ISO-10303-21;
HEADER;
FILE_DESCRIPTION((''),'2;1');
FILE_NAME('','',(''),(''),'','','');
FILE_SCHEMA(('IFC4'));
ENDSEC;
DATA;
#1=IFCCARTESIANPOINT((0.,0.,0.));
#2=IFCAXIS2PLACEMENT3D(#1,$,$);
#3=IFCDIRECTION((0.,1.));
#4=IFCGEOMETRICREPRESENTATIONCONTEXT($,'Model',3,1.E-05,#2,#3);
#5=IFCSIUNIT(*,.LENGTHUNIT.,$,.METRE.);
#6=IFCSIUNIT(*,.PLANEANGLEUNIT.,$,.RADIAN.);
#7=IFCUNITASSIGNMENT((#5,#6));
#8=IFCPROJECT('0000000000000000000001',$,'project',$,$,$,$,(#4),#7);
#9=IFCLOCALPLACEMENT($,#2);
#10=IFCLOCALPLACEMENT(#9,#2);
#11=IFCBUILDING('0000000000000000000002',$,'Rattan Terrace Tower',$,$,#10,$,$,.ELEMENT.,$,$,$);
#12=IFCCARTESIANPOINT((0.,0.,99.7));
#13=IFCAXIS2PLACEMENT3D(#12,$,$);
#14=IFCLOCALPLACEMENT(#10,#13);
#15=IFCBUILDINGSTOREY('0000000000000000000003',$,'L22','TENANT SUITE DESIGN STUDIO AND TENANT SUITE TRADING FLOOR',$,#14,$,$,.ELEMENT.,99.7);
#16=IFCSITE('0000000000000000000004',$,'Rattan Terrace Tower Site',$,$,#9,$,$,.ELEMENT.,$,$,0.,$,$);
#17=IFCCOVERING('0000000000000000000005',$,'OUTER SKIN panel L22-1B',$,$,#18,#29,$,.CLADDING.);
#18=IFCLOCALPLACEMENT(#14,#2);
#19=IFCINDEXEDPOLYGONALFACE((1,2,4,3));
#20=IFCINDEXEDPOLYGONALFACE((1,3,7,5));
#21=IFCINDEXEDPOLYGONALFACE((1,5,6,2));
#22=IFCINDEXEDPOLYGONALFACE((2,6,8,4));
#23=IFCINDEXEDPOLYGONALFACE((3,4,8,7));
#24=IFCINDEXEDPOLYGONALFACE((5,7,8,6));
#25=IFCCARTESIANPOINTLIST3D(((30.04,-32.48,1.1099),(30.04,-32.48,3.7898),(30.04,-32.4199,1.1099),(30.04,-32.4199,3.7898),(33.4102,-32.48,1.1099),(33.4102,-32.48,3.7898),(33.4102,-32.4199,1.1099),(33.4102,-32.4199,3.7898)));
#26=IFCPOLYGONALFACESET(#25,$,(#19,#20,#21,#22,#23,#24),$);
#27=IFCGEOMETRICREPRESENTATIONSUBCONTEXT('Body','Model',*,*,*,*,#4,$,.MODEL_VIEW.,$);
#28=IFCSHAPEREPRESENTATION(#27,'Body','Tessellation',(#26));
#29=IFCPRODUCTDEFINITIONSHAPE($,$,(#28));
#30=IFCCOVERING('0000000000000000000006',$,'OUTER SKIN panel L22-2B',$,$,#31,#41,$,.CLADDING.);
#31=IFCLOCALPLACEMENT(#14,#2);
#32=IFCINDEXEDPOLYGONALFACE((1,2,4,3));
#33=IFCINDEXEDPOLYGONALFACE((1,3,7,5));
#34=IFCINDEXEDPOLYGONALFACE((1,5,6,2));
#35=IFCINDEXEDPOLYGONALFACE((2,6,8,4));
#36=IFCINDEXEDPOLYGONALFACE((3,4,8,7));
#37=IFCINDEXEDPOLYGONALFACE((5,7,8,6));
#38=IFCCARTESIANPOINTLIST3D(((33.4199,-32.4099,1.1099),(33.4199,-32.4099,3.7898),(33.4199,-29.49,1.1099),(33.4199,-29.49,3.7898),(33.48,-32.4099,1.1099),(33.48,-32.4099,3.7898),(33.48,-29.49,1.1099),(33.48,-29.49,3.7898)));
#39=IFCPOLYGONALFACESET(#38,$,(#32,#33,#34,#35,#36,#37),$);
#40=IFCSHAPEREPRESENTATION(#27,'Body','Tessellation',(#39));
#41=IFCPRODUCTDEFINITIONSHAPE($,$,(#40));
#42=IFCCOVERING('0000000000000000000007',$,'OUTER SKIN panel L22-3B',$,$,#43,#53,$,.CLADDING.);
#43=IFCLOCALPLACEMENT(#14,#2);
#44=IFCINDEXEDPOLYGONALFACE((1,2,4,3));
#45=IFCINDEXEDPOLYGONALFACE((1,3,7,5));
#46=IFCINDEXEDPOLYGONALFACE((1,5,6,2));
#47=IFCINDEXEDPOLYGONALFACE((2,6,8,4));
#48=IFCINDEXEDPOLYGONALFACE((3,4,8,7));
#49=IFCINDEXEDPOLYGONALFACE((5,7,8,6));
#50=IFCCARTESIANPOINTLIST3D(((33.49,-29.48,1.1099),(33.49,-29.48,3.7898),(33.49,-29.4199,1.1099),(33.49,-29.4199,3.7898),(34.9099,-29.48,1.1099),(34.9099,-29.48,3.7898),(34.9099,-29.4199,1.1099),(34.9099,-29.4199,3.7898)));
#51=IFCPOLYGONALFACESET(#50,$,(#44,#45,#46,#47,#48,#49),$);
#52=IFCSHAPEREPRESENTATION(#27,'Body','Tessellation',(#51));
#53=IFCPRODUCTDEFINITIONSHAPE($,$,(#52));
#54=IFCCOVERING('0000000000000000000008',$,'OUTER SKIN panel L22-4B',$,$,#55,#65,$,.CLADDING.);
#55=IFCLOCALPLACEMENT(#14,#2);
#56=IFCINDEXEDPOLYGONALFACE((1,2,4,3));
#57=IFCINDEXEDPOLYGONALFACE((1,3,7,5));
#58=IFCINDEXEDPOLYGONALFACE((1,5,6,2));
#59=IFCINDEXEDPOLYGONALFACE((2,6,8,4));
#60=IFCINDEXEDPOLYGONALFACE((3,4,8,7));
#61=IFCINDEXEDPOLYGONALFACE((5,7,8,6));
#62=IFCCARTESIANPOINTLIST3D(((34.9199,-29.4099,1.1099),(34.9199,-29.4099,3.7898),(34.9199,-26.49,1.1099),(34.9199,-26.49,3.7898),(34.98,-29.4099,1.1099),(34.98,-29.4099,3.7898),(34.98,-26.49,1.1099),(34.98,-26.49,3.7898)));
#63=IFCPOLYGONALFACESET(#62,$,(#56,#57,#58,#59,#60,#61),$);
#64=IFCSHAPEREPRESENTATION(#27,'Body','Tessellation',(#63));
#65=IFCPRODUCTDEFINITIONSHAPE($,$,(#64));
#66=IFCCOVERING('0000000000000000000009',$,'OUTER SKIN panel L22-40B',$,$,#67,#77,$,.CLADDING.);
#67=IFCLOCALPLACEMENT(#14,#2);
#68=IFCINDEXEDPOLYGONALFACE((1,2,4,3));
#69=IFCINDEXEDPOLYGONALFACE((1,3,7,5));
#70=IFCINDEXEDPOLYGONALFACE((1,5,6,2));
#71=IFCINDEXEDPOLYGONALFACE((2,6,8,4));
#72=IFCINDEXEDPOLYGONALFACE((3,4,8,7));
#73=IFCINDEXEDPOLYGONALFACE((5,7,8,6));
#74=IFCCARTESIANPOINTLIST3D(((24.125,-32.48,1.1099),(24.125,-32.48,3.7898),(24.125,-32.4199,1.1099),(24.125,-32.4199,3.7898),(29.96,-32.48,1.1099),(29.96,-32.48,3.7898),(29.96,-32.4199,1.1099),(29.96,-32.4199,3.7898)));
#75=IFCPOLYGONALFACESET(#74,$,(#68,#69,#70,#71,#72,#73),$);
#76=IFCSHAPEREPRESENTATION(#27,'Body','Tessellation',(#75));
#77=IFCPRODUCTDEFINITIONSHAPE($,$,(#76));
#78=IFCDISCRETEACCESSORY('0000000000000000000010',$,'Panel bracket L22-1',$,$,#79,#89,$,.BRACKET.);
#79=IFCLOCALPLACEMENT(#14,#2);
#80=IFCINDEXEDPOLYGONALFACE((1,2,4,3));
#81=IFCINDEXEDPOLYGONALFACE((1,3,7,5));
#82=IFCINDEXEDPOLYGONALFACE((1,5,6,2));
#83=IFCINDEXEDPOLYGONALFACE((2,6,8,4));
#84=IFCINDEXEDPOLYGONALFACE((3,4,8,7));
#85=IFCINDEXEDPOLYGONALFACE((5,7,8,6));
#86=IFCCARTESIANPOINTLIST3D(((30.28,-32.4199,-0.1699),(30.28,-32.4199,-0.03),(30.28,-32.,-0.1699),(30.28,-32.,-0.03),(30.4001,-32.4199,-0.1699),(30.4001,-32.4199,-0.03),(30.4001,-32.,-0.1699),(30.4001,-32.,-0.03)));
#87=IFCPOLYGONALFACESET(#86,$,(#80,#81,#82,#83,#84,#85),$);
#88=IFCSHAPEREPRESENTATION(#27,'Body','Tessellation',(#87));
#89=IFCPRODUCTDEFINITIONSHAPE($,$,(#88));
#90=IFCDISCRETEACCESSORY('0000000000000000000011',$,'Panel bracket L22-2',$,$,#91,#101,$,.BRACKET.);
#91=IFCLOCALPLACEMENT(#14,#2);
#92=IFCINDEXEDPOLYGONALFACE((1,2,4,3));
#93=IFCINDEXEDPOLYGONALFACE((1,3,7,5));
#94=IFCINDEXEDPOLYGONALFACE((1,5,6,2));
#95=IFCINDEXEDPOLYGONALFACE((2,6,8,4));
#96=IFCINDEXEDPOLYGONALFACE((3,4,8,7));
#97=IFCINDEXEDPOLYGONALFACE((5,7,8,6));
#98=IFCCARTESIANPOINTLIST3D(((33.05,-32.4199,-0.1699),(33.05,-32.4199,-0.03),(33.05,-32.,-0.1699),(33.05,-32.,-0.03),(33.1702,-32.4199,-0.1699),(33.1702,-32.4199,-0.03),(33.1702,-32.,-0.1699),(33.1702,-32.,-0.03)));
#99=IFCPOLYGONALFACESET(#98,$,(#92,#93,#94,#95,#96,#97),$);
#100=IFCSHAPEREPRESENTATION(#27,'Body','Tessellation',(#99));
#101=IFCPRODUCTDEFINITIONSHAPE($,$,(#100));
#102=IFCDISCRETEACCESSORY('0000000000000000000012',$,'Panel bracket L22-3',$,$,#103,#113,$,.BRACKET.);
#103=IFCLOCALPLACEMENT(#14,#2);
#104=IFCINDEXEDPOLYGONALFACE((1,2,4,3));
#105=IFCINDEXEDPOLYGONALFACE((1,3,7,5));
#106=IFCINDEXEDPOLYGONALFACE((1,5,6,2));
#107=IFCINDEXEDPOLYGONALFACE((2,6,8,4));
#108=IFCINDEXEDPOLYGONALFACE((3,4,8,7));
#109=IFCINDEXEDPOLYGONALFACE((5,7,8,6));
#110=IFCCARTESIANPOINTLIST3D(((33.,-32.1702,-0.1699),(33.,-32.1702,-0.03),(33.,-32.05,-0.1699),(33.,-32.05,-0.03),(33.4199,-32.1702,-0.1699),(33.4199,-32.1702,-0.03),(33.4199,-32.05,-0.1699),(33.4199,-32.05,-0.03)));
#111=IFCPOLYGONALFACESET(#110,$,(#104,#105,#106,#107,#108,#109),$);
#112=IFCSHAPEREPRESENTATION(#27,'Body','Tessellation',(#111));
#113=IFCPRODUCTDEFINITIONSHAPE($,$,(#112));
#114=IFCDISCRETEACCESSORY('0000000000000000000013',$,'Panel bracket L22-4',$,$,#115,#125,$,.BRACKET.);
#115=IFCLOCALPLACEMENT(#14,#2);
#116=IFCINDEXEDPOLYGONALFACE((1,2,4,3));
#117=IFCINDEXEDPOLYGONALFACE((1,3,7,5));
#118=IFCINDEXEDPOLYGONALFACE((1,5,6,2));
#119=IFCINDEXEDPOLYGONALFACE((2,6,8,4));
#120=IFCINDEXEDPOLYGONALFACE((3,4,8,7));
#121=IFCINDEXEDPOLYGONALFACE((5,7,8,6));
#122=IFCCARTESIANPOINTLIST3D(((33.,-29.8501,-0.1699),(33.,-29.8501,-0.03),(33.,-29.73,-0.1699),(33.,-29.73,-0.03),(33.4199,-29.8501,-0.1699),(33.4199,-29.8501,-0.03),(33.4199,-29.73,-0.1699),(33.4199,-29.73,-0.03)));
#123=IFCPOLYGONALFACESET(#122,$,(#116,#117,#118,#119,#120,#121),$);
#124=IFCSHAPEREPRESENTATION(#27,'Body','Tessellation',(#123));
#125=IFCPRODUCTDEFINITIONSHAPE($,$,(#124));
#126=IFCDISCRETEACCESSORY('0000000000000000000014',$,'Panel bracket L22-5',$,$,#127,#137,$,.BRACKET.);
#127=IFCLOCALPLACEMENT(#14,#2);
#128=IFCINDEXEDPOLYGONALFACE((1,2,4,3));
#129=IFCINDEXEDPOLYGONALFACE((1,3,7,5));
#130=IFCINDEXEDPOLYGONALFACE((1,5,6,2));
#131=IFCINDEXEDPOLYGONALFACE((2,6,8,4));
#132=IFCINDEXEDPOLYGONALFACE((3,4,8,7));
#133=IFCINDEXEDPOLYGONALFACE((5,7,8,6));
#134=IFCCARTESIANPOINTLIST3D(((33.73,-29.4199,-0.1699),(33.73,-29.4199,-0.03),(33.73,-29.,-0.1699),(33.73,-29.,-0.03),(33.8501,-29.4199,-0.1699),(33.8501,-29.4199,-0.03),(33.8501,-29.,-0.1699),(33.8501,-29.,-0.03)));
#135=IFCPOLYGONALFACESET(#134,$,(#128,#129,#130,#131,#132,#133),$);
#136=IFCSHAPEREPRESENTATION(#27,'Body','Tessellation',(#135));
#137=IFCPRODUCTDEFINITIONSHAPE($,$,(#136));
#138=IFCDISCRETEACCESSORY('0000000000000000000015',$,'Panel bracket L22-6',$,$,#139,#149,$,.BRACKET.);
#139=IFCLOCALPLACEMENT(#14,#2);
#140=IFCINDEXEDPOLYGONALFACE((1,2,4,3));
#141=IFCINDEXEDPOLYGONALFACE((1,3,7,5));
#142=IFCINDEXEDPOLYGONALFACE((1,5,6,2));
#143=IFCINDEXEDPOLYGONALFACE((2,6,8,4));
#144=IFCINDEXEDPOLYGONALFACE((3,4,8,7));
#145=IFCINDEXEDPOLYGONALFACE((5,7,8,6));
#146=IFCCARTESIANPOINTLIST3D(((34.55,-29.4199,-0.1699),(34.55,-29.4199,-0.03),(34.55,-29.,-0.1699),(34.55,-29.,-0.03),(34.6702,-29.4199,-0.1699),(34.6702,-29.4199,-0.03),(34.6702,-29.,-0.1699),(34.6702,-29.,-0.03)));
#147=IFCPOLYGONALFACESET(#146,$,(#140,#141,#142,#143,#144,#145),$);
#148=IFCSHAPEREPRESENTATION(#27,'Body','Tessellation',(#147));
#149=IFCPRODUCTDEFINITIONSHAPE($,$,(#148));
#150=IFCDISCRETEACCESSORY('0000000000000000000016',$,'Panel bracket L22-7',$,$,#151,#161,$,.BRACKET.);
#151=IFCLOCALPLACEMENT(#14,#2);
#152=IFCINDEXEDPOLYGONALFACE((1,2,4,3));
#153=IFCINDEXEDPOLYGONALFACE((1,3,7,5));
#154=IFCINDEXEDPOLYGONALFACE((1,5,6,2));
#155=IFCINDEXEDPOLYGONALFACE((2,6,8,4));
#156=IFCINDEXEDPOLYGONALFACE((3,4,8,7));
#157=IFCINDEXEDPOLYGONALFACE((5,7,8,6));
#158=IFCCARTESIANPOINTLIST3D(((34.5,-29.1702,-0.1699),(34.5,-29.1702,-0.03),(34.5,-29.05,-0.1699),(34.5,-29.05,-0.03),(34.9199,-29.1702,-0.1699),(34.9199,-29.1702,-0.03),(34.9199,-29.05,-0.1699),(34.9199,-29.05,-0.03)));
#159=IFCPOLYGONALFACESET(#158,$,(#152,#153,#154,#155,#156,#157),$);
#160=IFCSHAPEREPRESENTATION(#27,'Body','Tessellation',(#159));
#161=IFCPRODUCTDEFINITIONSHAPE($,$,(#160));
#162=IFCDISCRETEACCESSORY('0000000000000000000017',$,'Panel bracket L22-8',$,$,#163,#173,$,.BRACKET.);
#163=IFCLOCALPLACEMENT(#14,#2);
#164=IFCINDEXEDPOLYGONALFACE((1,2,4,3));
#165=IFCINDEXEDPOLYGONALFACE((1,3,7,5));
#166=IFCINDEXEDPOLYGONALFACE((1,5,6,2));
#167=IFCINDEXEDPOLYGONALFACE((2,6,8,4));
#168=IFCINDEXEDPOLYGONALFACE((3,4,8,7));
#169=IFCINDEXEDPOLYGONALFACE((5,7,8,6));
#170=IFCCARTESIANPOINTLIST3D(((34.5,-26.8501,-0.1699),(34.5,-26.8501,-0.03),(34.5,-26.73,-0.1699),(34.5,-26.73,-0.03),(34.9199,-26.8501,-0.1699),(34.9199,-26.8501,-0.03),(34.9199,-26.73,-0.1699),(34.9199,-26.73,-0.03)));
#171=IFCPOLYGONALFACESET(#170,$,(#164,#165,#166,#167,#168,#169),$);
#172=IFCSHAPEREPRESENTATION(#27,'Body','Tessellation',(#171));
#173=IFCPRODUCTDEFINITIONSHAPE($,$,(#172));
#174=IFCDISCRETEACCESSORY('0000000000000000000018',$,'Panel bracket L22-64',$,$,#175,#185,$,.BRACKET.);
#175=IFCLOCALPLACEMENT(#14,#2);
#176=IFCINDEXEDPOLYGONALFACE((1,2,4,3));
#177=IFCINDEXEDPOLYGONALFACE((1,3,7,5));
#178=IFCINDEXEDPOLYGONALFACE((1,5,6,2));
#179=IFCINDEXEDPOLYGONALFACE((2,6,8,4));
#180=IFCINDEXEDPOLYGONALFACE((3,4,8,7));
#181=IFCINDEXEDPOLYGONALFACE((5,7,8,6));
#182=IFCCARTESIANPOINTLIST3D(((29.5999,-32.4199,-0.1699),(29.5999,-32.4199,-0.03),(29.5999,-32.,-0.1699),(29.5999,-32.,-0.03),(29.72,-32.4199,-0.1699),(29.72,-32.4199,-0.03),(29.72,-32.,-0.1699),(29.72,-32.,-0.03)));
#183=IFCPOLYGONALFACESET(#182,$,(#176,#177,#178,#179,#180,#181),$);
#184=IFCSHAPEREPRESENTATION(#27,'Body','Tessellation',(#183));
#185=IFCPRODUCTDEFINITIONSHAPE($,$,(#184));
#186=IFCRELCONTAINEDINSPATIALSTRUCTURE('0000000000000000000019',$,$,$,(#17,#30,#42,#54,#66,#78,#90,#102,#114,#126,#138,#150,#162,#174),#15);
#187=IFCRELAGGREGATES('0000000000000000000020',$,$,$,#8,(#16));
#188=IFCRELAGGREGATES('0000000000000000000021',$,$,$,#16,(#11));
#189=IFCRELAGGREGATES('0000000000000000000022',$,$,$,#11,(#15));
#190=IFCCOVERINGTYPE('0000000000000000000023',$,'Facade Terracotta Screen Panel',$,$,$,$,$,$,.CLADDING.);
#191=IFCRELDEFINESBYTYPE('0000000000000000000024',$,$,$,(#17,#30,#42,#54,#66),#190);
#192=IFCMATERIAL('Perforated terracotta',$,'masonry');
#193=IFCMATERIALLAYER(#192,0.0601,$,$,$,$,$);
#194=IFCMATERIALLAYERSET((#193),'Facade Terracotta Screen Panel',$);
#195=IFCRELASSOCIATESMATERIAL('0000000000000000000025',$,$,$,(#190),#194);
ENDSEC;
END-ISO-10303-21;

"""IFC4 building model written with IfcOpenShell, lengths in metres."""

from ifc_helpers import new_model, si_unit, direction, frame, origin, origin_2d, place, context, subcontext, project, spatial, rectangle, extrude, material, layer, layer_set, type_object, element, save


model = new_model("IFC4")

# Units and contexts
model_context = context("Model", 3, precision=1e-05, world=origin(), true_north=direction((0.0, 1.0)))
body_context = subcontext(model_context, "Body", "Model", "MODEL_VIEW")
ifc_project = project(units=[si_unit("LENGTHUNIT", "METRE"), si_unit("PLANEANGLEUNIT", "RADIAN")], contexts=[model_context])

# Site, building, storey
site_placement = place(None, origin())
site = spatial("IfcSite", under=ifc_project, at=site_placement, Name="Rattan Terrace Tower Site", CompositionType="ELEMENT", RefElevation=0.0)
building_placement = place(site_placement, origin())
building = spatial("IfcBuilding", under=site, at=building_placement, Name="Rattan Terrace Tower", CompositionType="ELEMENT")
storey_placement = place(building_placement, frame((0.0, 0.0, 99.7)))
storey = spatial("IfcBuildingStorey", under=building, at=storey_placement, Name="L22", Description="TENANT SUITE DESIGN STUDIO AND TENANT SUITE TRADING FLOOR", CompositionType="ELEMENT", Elevation=99.7)

# Coverings
ifc_material_1 = material(Name="Perforated terracotta", Category="masonry")
ifc_layer_1 = layer(ifc_material_1, 0.0601)
ifc_layer_set_1 = layer_set([ifc_layer_1], Name="Facade Terracotta Screen Panel")
covering_type_1 = type_object("IfcCoveringType", Name="Facade Terracotta Screen Panel", PredefinedType="CLADDING", material=ifc_layer_set_1)
covering_1_placement = place(storey_placement, frame((31.7251, -32.45, 1.1099), z_axis=(0.0, 0.0, 1.0), x_axis=(1.0, 0.0, 0.0)))
element("IfcCovering", 1, at=covering_1_placement, inside=storey, type_object=covering_type_1, Name="OUTER SKIN panel L22-1B", PredefinedType="CLADDING", context=body_context, shape_type="SweptSolid", body=[
    extrude(rectangle(XDim=3.3701, YDim=0.0601, at=origin_2d()), origin(), (0.0, 0.0, 1.0), 2.6799),
])
covering_2_placement = place(storey_placement, frame((33.45, -30.95, 1.1099), z_axis=(0.0, 0.0, 1.0), x_axis=(0.0, 1.0, 0.0)))
element("IfcCovering", 2, at=covering_2_placement, inside=storey, type_object=covering_type_1, Name="OUTER SKIN panel L22-2B", PredefinedType="CLADDING", context=body_context, shape_type="SweptSolid", body=[
    extrude(rectangle(XDim=2.9199, YDim=0.0601, at=origin_2d()), origin(), (0.0, 0.0, 1.0), 2.6799),
])
covering_3_placement = place(storey_placement, frame((34.2, -29.45, 1.1099), z_axis=(0.0, 0.0, 1.0), x_axis=(1.0, 0.0, 0.0)))
element("IfcCovering", 3, at=covering_3_placement, inside=storey, type_object=covering_type_1, Name="OUTER SKIN panel L22-3B", PredefinedType="CLADDING", context=body_context, shape_type="SweptSolid", body=[
    extrude(rectangle(XDim=1.4199, YDim=0.0601, at=origin_2d()), origin(), (0.0, 0.0, 1.0), 2.6799),
])
covering_4_placement = place(storey_placement, frame((34.95, -27.95, 1.1099), z_axis=(0.0, 0.0, 1.0), x_axis=(0.0, 1.0, 0.0)))
element("IfcCovering", 4, at=covering_4_placement, inside=storey, type_object=covering_type_1, Name="OUTER SKIN panel L22-4B", PredefinedType="CLADDING", context=body_context, shape_type="SweptSolid", body=[
    extrude(rectangle(XDim=2.9199, YDim=0.0601, at=origin_2d()), origin(), (0.0, 0.0, 1.0), 2.6799),
])
covering_5_placement = place(storey_placement, frame((27.0425, -32.45, 1.1099), z_axis=(0.0, 0.0, 1.0), x_axis=(1.0, 0.0, 0.0)))
element("IfcCovering", 5, at=covering_5_placement, inside=storey, type_object=covering_type_1, Name="OUTER SKIN panel L22-40B", PredefinedType="CLADDING", context=body_context, shape_type="SweptSolid", body=[
    extrude(rectangle(XDim=5.835, YDim=0.0601, at=origin_2d()), origin(), (0.0, 0.0, 1.0), 2.6799),
])

# Discrete accessories
for number, where, z_axis, x_axis, name in (
    (6, (30.3401, -32.21, -0.1699), (0.0, 0.0, 1.0), (1.0, 0.0, 0.0), "Panel bracket L22-1"),
    (7, (33.1101, -32.21, -0.1699), (0.0, 0.0, 1.0), (1.0, 0.0, 0.0), "Panel bracket L22-2"),
    (8, (33.21, -32.1101, -0.1699), (0.0, 0.0, 1.0), (0.0, 1.0, 0.0), "Panel bracket L22-3"),
    (9, (33.21, -29.79, -0.1699), (0.0, 0.0, 1.0), (0.0, 1.0, 0.0), "Panel bracket L22-4"),
    (10, (33.79, -29.21, -0.1699), (0.0, 0.0, 1.0), (1.0, 0.0, 0.0), "Panel bracket L22-5"),
    (11, (34.6101, -29.21, -0.1699), (0.0, 0.0, 1.0), (1.0, 0.0, 0.0), "Panel bracket L22-6"),
    (12, (34.71, -29.1101, -0.1699), (0.0, 0.0, 1.0), (0.0, 1.0, 0.0), "Panel bracket L22-7"),
    (13, (34.71, -26.79, -0.1699), (0.0, 0.0, 1.0), (0.0, 1.0, 0.0), "Panel bracket L22-8"),
    (14, (29.6599, -32.21, -0.1699), (0.0, 0.0, 1.0), (1.0, 0.0, 0.0), "Panel bracket L22-64"),
):
    element("IfcDiscreteAccessory", number, at=place(storey_placement, frame(where, z_axis=z_axis, x_axis=x_axis)), inside=storey, Name=name, PredefinedType="BRACKET", context=body_context, shape_type="SweptSolid", body=[
        extrude(rectangle(XDim=0.1201, YDim=0.4199, at=origin_2d()), origin(), (0.0, 0.0, 1.0), 0.1399),
    ])

save(model, "model.ifc")
